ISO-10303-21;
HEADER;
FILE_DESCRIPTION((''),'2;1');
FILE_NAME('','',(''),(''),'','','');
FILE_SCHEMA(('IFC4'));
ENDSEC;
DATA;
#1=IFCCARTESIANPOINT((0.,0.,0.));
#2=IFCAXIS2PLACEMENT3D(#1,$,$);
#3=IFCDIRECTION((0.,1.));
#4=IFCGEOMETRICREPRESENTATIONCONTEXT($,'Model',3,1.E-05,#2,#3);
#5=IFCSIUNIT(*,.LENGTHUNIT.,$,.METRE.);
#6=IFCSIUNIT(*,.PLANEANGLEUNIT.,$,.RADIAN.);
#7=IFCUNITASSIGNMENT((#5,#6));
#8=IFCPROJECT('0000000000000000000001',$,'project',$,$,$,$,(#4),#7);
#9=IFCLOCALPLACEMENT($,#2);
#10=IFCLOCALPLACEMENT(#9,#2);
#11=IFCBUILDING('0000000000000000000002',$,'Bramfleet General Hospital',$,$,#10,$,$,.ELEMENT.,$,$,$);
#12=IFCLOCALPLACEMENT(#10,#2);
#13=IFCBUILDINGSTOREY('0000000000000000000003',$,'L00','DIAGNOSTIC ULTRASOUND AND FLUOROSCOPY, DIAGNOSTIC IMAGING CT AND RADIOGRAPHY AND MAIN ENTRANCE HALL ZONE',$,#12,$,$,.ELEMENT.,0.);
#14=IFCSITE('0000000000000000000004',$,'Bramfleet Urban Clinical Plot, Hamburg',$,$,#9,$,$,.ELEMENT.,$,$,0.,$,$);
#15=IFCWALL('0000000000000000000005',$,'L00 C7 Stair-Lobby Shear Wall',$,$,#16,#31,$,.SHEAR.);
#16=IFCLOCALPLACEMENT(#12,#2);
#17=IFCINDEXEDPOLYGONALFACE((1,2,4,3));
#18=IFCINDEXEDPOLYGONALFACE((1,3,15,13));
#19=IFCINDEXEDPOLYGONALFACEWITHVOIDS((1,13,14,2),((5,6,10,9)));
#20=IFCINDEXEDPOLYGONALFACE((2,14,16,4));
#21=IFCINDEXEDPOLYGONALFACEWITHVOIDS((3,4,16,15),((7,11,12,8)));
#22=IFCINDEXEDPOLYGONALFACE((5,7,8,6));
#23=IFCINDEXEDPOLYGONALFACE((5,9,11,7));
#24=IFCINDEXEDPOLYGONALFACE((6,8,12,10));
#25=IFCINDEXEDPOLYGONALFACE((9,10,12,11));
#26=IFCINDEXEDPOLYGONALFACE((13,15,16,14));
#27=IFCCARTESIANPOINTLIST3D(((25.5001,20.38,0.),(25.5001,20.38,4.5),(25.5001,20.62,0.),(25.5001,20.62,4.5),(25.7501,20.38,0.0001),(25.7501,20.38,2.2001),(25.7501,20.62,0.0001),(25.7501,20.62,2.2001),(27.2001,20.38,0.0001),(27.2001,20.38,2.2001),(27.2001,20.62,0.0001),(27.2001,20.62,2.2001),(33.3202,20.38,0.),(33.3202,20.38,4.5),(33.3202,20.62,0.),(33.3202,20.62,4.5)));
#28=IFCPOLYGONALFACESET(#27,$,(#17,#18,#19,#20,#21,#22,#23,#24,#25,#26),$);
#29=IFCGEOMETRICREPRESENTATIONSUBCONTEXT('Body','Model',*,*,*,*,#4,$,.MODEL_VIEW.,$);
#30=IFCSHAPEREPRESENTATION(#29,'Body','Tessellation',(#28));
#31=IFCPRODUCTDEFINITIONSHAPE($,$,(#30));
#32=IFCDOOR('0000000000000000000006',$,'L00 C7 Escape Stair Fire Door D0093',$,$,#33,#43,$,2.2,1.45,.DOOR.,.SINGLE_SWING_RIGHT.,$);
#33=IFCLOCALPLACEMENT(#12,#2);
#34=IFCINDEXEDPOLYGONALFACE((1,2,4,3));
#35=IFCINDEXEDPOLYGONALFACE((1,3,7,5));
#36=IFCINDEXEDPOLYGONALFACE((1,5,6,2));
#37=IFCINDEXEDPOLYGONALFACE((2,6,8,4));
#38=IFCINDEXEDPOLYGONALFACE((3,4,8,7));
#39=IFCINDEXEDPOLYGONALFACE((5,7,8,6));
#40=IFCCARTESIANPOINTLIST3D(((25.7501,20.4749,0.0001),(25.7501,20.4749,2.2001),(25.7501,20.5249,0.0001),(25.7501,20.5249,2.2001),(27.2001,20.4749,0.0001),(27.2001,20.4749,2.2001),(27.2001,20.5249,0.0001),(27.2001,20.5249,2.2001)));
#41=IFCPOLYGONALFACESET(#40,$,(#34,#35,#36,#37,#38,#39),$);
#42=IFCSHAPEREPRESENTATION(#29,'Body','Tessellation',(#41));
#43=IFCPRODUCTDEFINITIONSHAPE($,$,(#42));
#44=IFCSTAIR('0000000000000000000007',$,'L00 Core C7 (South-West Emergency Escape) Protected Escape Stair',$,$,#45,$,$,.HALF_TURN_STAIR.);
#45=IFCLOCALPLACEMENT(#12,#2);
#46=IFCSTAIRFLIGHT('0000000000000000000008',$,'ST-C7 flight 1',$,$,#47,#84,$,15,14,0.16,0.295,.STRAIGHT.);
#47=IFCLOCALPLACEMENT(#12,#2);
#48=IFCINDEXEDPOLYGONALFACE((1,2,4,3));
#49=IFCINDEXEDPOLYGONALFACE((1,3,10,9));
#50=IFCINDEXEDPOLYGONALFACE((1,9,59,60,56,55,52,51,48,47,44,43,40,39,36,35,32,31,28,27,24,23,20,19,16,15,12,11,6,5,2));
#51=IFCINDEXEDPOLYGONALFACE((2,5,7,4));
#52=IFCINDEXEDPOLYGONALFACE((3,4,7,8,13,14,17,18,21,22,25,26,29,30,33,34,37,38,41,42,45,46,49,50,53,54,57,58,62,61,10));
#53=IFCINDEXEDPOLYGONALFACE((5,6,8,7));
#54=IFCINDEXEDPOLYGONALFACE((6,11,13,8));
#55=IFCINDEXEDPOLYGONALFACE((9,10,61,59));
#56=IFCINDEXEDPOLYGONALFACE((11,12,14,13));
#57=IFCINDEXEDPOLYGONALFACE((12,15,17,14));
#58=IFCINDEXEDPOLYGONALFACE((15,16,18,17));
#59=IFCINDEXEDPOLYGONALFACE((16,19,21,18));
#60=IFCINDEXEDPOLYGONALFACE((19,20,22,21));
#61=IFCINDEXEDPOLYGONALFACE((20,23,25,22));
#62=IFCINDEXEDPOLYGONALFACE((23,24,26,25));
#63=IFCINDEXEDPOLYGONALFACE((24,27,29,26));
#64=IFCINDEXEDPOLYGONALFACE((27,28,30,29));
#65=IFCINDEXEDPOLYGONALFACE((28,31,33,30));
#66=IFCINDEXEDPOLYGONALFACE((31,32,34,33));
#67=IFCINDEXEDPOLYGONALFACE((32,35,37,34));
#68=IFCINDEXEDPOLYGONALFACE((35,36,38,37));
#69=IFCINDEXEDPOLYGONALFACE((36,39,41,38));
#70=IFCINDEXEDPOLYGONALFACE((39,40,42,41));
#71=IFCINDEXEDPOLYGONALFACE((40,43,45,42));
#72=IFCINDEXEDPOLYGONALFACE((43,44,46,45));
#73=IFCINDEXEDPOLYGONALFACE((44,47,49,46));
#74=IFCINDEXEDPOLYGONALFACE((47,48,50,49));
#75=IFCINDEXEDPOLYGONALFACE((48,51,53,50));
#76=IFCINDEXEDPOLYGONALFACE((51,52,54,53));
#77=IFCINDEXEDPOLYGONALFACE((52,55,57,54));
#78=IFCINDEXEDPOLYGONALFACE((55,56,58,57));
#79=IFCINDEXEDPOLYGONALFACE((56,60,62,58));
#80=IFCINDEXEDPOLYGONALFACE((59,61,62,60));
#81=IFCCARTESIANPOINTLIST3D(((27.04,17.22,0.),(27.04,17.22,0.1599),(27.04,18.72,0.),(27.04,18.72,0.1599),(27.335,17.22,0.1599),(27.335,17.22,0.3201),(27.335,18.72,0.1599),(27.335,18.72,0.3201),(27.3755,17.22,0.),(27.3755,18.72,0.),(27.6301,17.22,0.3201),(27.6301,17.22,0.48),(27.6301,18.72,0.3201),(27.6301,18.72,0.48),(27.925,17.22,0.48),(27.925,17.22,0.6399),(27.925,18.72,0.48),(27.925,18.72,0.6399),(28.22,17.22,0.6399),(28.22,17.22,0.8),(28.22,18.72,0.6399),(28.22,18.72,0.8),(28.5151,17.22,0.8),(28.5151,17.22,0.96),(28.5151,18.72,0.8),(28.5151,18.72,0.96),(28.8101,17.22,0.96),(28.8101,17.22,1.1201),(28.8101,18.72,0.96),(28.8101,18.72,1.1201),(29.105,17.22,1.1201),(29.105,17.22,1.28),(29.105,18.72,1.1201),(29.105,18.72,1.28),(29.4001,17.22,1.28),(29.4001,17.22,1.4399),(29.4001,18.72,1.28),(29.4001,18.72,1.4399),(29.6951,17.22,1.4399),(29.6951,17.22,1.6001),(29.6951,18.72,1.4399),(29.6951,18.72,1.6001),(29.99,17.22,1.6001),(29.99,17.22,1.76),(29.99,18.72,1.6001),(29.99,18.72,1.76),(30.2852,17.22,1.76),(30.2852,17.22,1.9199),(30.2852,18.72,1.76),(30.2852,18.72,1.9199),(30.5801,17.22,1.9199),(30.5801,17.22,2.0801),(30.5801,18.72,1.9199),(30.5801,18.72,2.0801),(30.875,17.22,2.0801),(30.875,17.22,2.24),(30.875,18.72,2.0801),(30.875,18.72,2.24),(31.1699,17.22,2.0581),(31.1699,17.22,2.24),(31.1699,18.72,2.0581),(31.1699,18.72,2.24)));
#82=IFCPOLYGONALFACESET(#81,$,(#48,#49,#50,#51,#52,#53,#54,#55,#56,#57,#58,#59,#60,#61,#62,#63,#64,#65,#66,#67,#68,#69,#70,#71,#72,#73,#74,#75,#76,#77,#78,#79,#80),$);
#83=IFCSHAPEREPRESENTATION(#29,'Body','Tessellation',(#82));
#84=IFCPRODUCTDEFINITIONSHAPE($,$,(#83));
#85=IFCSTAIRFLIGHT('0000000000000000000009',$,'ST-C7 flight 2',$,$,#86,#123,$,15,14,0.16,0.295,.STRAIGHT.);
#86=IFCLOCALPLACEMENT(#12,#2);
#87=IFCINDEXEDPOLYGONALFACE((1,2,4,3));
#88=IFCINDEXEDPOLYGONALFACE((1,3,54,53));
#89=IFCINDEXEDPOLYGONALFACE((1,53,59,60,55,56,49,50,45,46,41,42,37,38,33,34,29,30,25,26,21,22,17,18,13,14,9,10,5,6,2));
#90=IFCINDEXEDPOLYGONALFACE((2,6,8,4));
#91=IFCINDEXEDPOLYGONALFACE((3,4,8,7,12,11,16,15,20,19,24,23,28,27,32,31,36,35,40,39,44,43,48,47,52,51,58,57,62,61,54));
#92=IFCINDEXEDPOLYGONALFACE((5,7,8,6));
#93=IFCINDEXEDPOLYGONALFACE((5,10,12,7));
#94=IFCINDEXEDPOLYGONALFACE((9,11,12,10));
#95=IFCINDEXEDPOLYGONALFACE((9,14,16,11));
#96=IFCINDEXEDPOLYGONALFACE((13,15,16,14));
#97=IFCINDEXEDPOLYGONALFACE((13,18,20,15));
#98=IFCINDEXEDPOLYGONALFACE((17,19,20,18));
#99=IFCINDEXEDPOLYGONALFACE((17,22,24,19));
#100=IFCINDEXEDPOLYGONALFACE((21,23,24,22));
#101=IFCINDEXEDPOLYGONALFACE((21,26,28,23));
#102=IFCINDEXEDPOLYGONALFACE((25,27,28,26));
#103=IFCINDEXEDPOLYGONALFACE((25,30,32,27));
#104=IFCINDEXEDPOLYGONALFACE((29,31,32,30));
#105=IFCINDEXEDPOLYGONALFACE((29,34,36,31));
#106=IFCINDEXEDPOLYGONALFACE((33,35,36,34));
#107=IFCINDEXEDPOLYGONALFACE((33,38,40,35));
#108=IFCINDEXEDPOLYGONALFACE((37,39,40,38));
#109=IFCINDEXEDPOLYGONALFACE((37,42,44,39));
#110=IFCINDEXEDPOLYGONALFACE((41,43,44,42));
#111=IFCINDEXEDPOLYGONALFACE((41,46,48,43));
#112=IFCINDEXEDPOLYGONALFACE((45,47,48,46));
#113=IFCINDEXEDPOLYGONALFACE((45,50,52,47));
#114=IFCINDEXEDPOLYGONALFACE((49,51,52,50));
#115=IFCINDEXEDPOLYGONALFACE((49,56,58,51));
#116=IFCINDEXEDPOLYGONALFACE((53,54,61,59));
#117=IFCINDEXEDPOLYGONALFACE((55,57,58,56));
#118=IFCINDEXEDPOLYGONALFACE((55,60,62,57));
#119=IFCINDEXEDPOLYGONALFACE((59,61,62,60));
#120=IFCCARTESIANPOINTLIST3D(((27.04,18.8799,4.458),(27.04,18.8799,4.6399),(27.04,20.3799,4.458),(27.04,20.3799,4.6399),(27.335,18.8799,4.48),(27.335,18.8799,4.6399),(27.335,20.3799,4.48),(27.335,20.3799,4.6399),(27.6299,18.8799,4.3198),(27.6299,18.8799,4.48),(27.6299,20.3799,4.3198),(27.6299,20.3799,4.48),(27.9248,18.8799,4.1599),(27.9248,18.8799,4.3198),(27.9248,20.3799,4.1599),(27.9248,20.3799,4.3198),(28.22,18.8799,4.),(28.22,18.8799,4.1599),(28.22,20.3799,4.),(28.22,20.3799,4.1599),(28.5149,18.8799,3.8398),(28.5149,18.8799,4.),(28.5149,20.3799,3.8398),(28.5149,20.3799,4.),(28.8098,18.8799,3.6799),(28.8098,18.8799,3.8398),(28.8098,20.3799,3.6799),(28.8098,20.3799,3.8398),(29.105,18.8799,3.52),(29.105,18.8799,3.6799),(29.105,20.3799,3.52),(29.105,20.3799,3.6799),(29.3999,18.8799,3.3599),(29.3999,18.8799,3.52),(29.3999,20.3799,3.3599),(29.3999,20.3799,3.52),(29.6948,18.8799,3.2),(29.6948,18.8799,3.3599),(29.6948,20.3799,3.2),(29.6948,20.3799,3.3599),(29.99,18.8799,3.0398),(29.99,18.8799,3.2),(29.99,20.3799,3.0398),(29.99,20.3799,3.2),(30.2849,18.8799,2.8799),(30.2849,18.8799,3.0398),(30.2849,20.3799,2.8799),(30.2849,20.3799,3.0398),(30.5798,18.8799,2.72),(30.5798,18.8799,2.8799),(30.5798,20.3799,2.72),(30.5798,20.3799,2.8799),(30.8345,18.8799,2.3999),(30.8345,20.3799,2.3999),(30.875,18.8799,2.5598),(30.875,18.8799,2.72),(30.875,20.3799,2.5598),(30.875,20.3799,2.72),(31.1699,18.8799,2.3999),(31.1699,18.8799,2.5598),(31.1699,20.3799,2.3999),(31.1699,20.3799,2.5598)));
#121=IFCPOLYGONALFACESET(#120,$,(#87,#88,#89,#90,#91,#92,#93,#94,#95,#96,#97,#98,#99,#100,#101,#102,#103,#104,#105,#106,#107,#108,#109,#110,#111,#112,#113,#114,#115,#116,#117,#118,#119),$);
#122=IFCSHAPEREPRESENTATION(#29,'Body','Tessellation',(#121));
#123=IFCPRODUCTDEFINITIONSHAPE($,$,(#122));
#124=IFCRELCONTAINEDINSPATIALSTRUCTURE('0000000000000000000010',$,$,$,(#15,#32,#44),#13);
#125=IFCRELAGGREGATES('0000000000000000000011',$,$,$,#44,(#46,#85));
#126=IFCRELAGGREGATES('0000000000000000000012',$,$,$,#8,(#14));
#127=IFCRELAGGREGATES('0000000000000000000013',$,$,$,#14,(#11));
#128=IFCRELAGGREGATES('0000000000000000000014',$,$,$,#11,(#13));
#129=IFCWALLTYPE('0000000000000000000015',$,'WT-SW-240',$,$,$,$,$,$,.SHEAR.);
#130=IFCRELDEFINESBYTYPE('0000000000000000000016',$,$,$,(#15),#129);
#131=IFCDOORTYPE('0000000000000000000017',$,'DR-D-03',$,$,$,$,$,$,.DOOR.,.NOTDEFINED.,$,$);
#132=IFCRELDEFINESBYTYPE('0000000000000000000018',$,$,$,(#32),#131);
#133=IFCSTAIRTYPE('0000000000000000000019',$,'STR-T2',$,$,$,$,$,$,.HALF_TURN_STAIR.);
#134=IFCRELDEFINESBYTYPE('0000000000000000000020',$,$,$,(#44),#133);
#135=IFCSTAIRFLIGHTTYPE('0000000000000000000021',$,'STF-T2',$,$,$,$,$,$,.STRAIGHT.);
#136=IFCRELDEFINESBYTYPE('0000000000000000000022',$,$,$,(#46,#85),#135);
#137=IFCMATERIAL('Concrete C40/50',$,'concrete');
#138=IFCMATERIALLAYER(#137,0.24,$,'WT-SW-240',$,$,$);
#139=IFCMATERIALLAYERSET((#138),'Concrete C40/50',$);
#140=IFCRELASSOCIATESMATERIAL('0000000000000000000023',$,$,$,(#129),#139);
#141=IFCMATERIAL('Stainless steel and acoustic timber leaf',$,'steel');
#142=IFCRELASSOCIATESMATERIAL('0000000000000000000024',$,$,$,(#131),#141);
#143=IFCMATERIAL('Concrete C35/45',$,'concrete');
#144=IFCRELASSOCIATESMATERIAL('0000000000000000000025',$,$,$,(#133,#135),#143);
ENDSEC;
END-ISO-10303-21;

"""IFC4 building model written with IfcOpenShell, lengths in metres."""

from ifc_helpers import new_model, si_unit, direction, frame, frame_2d, origin, place, context, subcontext, project, spatial, polyline, rectangle, outline, extrude, material, layer, layer_set, type_object, element, fill, aggregate, save


model = new_model("IFC4")

# Units and contexts
model_context = context("Model", 3, precision=1e-05, world=origin(), true_north=direction((0.0, 1.0)))
body_context = subcontext(model_context, "Body", "Model", "MODEL_VIEW")
ifc_project = project(units=[si_unit("LENGTHUNIT", "METRE"), si_unit("PLANEANGLEUNIT", "RADIAN")], contexts=[model_context])

# Site, building, storey
site_placement = place(None, origin())
site = spatial("IfcSite", under=ifc_project, at=site_placement, Name="Bramfleet Urban Clinical Plot, Hamburg", CompositionType="ELEMENT", RefElevation=0.0)
building_placement = place(site_placement, origin())
building = spatial("IfcBuilding", under=site, at=building_placement, Name="Bramfleet General Hospital", CompositionType="ELEMENT")
storey_placement = place(building_placement, origin())
storey = spatial("IfcBuildingStorey", under=building, at=storey_placement, Name="L00", Description="DIAGNOSTIC ULTRASOUND AND FLUOROSCOPY, DIAGNOSTIC IMAGING CT AND RADIOGRAPHY AND MAIN ENTRANCE HALL ZONE", CompositionType="ELEMENT", Elevation=0.0)

# Shared definitions
ifc_material_1 = material(Name="Concrete C40/50", Category="concrete")

# Shared definitions
ifc_material_2 = material(Name="Concrete C35/45", Category="concrete")

# Shared definitions
ifc_material_3 = material(Name="Stainless steel and acoustic timber leaf", Category="steel")

# Wall, opening, door
ifc_layer_1 = layer(ifc_material_1, 0.24, Name="WT-SW-240")
ifc_layer_set_1 = layer_set([ifc_layer_1], Name="Concrete C40/50")
wall_type_1 = type_object("IfcWallType", Name="WT-SW-240", PredefinedType="SHEAR", material=ifc_layer_set_1)
wall_1_placement = place(storey_placement, frame((25.5, 20.5, 0.0), z_axis=(0.0, 0.0, 1.0), x_axis=(1.0, 0.0, 0.0)))
wall_1 = element("IfcWall", 1, at=wall_1_placement, inside=storey, type_object=wall_type_1, Name="L00 C7 Stair-Lobby Shear Wall", PredefinedType="SHEAR", context=body_context, shape_type="SweptSolid", body=[
    extrude(rectangle(XDim=7.8201, YDim=0.24, at=frame_2d((3.9102, 0.0))), origin(), (0.0, 0.0, 1.0), 4.5),
])
opening_1_placement = place(wall_1_placement, frame((0.25, 0.0, 0.0)))
opening_1 = element("IfcOpeningElement", 2, at=opening_1_placement, cuts=wall_1, PredefinedType="OPENING", context=body_context, shape_type="SweptSolid", body=[
    extrude(rectangle(XDim=1.45, YDim=2.2, at=frame_2d((0.7251, 1.1001))), frame((0.0, 0.1299, 0.0), z_axis=(0.0, -1.0, 0.0), x_axis=(1.0, 0.0, 0.0)), (0.0, 0.0, 1.0), 0.26),
])
door_type_1 = type_object("IfcDoorType", Name="DR-D-03", OperationType="NOTDEFINED", PredefinedType="DOOR", material=ifc_material_3)
door_1_placement = place(opening_1_placement, origin())
door_1 = element("IfcDoor", 3, at=door_1_placement, inside=storey, type_object=door_type_1, Name="L00 C7 Escape Stair Fire Door D0093", OperationType="SINGLE_SWING_RIGHT", OverallHeight=2.2, OverallWidth=1.45, PredefinedType="DOOR", context=body_context, shape_type="SweptSolid", body=[
    extrude(rectangle(XDim=1.45, YDim=2.2, at=frame_2d((0.7251, 1.1001))), frame((0.0, 0.0249, 0.0), z_axis=(0.0, -1.0, 0.0), x_axis=(1.0, 0.0, 0.0)), (0.0, 0.0, 1.0), 0.05),
])
fill(opening_1, door_1)

# Stair, stair flights
stair_type = type_object("IfcStairType", Name="STR-T2", PredefinedType="HALF_TURN_STAIR", material=ifc_material_2)
stair_placement = place(storey_placement, origin())
stair = element("IfcStair", 4, at=stair_placement, inside=storey, type_object=stair_type, Name="L00 Core C7 (South-West Emergency Escape) Protected Escape Stair", PredefinedType="HALF_TURN_STAIR")
stair_flight_type = type_object("IfcStairFlightType", Name="STF-T2", PredefinedType="STRAIGHT", material=ifc_material_2)
stair_flight_1_placement = place(storey_placement, frame((27.04, 17.97, 0.0), z_axis=(0.0, 0.0, 1.0), x_axis=(1.0, 0.0, 0.0)))
stair_flight_1 = element("IfcStairFlight", 5, at=stair_flight_1_placement, type_object=stair_flight_type, Name="ST-C7 flight 1", NumberOfRisers=15, NumberOfTreads=14, PredefinedType="STRAIGHT", RiserHeight=0.16, TreadLength=0.295, context=body_context, shape_type="SweptSolid", body=[
    extrude(outline(polyline([(0.0, 0.0), (0.0, 0.1599), (0.2949, 0.1599), (0.2949, 0.3201), (0.5901, 0.3201), (0.5901, 0.48), (0.885, 0.48), (0.885, 0.6399), (1.1799, 0.6399), (1.1799, 0.8), (1.4751, 0.8), (1.4751, 0.96), (1.77, 0.96), (1.77, 1.1201), (2.0649, 1.1201), (2.0649, 1.28), (2.3601, 1.28), (2.3601, 1.4399), (2.655, 1.4399), (2.655, 1.6001), (2.95, 1.6001), (2.95, 1.76), (3.2451, 1.76), (3.2451, 1.9199), (3.54, 1.9199), (3.54, 2.0801), (3.835, 2.0801), (3.835, 2.24), (4.1299, 2.24), (4.1299, 2.3999), (4.1299, 2.0581), (0.3354, 0.0), (0.0, 0.0)])), frame((0.0, 0.75, 0.0), z_axis=(0.0, -1.0, 0.0), x_axis=(1.0, 0.0, 0.0)), (0.0, 0.0, 1.0), 1.5),
])
stair_flight_2_placement = place(storey_placement, frame((31.1699, 19.6299, 2.3999), z_axis=(0.0, 0.0, 1.0), x_axis=(-1.0, 0.0, 0.0)))
stair_flight_2 = element("IfcStairFlight", 6, at=stair_flight_2_placement, type_object=stair_flight_type, Name="ST-C7 flight 2", NumberOfRisers=15, NumberOfTreads=14, PredefinedType="STRAIGHT", RiserHeight=0.16, TreadLength=0.295, context=body_context, shape_type="SweptSolid", body=[
    extrude(outline(polyline([(0.0, 0.0), (0.0, 0.1599), (0.2949, 0.1599), (0.2949, 0.3201), (0.5901, 0.3201), (0.5901, 0.48), (0.885, 0.48), (0.885, 0.6399), (1.1799, 0.6399), (1.1799, 0.8), (1.4751, 0.8), (1.4751, 0.96), (1.77, 0.96), (1.77, 1.1201), (2.0649, 1.1201), (2.0649, 1.28), (2.3601, 1.28), (2.3601, 1.4399), (2.655, 1.4399), (2.655, 1.6001), (2.95, 1.6001), (2.95, 1.76), (3.2451, 1.76), (3.2451, 1.9199), (3.54, 1.9199), (3.54, 2.0801), (3.835, 2.0801), (3.835, 2.24), (4.1299, 2.24), (4.1299, 2.3999), (4.1299, 2.0581), (0.3354, 0.0), (0.0, 0.0)])), frame((0.0, 0.75, 0.0), z_axis=(0.0, -1.0, 0.0), x_axis=(1.0, 0.0, 0.0)), (0.0, 0.0, 1.0), 1.5),
])
aggregate(stair, [stair_flight_1, stair_flight_2])

save(model, "model.ifc")
